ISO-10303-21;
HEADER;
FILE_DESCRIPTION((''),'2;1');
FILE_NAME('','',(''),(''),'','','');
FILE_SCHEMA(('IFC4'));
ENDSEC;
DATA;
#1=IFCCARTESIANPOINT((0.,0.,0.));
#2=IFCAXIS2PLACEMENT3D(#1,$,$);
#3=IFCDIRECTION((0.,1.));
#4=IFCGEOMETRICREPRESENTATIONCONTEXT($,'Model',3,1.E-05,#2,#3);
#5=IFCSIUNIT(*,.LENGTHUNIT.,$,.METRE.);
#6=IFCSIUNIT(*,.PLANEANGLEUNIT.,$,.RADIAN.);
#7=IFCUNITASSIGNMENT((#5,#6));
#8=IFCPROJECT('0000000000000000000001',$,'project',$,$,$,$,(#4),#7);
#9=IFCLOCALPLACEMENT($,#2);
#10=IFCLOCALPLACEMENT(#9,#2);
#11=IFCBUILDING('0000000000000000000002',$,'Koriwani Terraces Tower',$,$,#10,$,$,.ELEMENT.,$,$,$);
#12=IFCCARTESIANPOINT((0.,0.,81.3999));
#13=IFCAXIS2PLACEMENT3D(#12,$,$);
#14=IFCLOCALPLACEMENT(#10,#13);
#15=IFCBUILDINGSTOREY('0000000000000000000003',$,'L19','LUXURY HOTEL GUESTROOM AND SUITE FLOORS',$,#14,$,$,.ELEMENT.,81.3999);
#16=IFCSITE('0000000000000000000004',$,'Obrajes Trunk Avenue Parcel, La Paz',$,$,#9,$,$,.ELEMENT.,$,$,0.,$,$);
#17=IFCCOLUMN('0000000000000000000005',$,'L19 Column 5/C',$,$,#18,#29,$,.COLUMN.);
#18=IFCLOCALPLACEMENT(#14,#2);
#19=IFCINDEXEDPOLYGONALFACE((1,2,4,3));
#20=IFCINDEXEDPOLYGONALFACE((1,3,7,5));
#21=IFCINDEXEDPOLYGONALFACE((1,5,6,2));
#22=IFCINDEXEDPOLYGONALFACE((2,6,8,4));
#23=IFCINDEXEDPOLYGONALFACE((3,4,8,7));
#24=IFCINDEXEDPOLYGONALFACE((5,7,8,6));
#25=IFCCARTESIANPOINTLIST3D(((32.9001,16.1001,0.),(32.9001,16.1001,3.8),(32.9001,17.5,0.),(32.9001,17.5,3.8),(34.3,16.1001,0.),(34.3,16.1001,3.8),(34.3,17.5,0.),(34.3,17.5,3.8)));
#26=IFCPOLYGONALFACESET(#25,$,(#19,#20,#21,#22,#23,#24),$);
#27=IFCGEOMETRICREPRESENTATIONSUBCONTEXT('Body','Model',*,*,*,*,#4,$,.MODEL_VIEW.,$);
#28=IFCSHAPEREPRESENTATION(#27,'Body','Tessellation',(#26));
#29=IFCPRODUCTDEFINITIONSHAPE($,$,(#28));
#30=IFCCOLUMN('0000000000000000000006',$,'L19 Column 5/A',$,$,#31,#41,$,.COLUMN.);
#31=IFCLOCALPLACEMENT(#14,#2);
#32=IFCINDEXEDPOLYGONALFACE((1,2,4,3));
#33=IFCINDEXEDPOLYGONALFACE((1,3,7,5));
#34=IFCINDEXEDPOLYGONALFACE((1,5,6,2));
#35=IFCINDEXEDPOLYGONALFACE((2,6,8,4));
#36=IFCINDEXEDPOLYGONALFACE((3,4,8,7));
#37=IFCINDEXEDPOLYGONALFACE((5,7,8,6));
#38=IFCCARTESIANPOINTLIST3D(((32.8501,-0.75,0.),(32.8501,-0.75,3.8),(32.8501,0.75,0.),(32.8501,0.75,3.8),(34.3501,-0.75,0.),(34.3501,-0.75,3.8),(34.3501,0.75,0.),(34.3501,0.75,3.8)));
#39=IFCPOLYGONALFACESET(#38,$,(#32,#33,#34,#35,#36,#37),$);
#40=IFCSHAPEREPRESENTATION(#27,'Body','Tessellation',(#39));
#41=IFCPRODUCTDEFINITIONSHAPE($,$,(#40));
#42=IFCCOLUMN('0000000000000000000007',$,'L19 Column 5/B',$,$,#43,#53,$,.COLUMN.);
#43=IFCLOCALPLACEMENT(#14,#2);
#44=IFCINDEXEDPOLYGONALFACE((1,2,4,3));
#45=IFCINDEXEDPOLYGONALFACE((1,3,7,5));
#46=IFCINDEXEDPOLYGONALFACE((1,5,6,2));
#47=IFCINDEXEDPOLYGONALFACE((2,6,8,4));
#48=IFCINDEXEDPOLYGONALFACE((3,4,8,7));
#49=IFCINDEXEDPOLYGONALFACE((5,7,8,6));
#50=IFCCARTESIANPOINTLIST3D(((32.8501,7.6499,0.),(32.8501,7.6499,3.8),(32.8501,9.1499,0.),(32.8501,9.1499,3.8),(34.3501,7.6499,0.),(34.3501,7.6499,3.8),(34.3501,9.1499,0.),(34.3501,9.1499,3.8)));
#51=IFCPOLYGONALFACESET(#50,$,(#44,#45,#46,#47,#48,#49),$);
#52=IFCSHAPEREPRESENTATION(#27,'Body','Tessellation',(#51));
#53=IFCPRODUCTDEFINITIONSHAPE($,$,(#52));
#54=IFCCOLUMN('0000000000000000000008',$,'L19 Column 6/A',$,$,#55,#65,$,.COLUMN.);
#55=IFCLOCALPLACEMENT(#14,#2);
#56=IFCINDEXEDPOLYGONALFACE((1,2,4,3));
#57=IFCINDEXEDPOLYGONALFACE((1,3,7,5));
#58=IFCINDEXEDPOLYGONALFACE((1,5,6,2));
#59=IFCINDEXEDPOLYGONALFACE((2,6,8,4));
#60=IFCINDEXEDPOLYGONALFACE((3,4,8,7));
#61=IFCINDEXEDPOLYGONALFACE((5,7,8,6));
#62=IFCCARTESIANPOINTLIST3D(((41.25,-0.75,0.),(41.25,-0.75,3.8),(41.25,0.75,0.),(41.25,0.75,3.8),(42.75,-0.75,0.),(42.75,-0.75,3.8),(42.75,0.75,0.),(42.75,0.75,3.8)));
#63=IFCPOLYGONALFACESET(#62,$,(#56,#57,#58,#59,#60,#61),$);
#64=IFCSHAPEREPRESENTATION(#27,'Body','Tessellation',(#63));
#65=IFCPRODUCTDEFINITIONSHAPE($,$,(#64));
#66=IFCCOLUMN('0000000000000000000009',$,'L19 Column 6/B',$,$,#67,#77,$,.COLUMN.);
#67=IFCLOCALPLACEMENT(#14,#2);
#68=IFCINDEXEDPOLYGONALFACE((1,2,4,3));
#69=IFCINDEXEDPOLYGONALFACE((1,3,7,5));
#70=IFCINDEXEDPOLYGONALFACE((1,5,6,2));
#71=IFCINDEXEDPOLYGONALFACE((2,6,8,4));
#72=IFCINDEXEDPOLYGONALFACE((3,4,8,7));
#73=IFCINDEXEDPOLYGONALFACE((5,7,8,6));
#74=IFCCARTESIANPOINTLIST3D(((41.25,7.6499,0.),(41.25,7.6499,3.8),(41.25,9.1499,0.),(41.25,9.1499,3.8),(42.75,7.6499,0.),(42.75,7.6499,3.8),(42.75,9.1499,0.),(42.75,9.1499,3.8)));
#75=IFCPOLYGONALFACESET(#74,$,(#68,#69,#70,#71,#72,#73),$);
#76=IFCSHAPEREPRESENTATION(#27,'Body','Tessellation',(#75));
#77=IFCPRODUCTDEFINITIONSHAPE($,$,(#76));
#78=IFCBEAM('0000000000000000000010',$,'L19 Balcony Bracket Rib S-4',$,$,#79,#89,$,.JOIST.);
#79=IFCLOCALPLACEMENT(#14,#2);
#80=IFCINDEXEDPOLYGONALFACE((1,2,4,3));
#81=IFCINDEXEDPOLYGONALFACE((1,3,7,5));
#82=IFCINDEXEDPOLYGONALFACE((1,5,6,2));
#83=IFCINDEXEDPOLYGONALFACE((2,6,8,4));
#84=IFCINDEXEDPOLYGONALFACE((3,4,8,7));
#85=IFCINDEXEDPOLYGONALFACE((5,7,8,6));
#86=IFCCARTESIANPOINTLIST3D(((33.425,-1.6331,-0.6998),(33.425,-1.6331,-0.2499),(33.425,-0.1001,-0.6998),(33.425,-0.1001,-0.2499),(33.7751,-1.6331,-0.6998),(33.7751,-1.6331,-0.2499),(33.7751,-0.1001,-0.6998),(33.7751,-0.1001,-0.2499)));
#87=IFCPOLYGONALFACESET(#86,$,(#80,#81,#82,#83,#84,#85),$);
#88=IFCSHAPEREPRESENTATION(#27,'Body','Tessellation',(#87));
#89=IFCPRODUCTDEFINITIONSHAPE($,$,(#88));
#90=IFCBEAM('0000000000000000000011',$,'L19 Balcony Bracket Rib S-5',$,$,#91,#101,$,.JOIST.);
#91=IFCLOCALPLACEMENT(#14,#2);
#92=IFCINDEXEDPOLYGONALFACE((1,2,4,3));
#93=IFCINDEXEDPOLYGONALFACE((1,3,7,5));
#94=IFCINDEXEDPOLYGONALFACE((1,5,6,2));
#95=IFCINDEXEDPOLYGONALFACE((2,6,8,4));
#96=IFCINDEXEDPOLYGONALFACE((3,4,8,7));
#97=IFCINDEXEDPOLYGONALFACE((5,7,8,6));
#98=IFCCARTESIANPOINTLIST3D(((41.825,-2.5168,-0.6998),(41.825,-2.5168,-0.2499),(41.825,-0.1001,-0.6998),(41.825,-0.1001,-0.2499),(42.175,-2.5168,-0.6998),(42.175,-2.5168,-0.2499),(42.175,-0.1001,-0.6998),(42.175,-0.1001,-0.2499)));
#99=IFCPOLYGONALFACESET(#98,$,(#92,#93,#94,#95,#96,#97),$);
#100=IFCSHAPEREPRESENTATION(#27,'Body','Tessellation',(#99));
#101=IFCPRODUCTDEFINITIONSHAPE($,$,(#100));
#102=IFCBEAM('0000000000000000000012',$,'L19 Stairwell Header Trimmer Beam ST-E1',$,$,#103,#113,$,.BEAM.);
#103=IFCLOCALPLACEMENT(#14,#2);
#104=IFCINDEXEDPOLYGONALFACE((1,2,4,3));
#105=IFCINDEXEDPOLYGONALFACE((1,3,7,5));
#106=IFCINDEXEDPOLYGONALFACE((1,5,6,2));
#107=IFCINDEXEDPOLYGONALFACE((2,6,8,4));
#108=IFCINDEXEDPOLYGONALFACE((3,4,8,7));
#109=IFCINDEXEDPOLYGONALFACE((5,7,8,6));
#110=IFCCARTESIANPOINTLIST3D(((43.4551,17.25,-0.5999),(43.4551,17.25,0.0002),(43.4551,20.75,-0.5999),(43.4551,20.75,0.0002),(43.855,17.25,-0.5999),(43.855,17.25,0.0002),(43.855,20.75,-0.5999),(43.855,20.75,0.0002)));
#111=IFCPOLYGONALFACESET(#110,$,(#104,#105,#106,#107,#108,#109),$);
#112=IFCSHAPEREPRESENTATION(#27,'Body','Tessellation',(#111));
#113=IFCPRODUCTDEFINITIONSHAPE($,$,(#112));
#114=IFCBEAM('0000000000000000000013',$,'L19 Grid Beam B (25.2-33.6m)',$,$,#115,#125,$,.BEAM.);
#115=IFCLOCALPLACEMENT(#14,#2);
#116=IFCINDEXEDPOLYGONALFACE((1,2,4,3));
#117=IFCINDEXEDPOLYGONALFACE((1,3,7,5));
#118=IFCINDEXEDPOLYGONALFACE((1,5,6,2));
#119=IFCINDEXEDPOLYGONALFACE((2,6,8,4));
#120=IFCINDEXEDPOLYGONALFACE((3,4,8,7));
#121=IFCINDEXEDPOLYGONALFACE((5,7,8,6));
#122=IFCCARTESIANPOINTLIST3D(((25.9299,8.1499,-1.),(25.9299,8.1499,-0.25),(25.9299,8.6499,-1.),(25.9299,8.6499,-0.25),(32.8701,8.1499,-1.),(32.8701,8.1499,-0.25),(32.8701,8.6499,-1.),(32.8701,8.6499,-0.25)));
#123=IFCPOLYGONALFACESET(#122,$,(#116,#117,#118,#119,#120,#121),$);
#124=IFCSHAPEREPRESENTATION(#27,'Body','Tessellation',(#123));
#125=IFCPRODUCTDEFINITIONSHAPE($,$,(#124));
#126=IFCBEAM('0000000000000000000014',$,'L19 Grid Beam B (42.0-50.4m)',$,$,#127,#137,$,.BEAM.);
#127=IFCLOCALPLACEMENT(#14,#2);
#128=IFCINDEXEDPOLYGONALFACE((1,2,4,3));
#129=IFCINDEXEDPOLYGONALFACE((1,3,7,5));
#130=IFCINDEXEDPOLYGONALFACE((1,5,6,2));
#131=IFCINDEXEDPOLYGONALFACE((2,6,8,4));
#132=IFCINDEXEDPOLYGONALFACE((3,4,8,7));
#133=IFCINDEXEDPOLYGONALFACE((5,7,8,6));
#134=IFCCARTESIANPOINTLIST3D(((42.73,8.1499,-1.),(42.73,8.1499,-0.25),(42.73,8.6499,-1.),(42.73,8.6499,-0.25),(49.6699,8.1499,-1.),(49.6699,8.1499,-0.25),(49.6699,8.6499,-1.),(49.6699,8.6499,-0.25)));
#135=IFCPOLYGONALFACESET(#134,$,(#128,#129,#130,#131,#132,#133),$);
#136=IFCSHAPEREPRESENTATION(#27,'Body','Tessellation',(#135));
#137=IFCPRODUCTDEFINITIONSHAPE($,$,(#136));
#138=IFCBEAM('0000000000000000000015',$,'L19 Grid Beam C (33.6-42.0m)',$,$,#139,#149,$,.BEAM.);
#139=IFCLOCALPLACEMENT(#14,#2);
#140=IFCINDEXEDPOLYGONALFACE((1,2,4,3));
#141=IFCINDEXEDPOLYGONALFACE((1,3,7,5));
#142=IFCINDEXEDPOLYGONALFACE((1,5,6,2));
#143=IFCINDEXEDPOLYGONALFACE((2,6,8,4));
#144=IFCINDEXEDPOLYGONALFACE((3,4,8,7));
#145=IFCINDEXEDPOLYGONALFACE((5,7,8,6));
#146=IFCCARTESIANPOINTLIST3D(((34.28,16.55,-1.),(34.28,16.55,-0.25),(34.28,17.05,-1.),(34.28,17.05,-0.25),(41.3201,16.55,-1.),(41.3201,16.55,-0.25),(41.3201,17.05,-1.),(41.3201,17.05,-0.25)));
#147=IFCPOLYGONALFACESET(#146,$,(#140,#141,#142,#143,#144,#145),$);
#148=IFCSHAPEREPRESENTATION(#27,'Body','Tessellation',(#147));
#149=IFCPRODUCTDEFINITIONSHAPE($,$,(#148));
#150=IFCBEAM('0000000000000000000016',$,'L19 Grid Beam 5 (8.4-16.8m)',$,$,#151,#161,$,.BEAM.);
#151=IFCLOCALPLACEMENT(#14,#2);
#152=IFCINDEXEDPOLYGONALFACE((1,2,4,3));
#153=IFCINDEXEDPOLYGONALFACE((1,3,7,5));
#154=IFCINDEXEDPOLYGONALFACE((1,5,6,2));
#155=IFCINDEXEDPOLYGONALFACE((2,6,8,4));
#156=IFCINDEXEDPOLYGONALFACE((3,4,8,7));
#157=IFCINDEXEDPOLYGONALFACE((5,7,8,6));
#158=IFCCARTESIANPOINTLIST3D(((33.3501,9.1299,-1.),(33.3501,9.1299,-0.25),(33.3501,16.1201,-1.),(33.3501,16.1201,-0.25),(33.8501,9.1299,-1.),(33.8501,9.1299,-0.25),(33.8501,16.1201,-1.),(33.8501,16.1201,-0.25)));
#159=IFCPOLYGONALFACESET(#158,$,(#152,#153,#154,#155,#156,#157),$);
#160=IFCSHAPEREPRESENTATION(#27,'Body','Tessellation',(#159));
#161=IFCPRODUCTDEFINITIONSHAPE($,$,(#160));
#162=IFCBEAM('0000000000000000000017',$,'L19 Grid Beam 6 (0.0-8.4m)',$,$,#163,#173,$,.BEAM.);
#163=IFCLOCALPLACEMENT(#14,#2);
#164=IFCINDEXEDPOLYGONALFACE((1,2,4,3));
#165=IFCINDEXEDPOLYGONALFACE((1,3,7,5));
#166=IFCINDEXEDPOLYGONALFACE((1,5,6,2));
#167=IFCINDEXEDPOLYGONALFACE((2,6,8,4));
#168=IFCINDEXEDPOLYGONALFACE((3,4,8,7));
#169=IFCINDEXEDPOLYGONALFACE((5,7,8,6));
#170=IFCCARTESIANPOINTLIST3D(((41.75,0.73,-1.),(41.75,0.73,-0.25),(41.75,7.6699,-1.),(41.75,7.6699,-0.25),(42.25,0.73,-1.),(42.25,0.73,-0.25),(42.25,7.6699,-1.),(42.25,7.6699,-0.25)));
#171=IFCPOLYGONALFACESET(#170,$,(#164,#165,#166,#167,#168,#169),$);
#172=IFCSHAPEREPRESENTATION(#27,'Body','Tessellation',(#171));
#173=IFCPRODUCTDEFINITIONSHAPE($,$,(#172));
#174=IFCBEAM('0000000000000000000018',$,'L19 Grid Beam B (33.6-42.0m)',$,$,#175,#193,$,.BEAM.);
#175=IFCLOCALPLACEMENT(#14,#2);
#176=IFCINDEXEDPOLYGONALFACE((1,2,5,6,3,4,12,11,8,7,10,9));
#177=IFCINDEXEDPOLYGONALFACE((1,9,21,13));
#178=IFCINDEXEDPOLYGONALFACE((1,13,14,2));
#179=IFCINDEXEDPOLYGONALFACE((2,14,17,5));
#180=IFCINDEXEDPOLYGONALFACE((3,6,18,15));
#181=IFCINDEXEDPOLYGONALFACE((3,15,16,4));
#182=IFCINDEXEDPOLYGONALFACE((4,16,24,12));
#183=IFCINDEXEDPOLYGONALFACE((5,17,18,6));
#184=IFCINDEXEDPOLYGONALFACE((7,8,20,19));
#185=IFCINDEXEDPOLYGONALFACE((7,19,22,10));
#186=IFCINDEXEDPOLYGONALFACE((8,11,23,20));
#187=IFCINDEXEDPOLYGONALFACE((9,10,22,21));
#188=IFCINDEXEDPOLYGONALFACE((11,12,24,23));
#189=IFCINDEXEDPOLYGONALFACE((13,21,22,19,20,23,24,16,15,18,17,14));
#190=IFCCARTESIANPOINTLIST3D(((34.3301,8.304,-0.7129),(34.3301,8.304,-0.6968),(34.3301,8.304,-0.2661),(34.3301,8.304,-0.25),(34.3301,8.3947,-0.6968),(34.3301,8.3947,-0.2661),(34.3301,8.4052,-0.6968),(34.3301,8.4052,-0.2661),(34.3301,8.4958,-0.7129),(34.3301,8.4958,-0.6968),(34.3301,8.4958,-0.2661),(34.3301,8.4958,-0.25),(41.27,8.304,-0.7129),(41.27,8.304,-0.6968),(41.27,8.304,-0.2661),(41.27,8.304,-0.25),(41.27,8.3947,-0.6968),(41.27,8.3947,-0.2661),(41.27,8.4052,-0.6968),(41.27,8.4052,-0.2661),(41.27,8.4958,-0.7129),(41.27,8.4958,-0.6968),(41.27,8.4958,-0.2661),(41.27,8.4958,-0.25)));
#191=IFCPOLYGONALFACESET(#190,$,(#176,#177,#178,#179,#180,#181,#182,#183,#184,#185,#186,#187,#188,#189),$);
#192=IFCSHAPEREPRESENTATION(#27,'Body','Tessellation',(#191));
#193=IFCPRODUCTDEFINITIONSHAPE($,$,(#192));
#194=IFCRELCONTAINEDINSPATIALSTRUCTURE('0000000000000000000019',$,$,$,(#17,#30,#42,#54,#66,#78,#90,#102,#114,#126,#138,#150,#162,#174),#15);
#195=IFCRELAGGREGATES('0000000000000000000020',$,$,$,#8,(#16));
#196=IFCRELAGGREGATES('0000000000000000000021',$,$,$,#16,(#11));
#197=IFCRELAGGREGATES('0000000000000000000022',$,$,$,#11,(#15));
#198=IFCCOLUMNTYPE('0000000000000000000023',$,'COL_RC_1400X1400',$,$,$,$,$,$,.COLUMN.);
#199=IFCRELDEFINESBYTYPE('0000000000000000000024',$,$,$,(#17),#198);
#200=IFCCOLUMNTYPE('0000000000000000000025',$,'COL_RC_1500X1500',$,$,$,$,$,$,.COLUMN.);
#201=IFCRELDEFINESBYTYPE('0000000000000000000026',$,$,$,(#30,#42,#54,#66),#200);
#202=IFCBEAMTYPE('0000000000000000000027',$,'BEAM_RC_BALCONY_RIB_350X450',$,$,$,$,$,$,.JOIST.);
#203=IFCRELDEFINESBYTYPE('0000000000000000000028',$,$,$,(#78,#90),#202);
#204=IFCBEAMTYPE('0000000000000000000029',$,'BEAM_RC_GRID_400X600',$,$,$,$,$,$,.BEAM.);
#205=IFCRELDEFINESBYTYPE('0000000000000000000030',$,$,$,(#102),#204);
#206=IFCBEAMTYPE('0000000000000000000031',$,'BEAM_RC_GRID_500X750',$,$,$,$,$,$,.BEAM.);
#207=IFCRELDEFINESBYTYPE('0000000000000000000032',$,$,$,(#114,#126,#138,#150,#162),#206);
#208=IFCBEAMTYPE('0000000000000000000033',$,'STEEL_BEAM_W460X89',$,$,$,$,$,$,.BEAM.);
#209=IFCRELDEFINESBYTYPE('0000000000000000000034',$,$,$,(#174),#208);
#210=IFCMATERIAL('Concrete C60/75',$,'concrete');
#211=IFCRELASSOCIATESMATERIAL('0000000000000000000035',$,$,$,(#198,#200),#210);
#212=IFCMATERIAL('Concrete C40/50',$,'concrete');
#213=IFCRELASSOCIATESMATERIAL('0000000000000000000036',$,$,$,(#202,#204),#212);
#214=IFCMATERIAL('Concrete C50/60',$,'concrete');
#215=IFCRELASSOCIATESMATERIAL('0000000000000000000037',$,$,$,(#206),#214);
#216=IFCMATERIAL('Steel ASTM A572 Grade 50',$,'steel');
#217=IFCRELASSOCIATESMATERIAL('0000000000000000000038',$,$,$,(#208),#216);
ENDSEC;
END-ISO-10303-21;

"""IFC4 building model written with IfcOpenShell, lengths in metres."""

from ifc_helpers import new_model, si_unit, direction, frame, origin, origin_2d, place, context, subcontext, project, spatial, rectangle, i_section, extrude, material, material_profile, profile_set, type_object, element, save


model = new_model("IFC4")

# Units and contexts
model_context = context("Model", 3, precision=1e-05, world=origin(), true_north=direction((0.0, 1.0)))
body_context = subcontext(model_context, "Body", "Model", "MODEL_VIEW")
ifc_project = project(units=[si_unit("LENGTHUNIT", "METRE"), si_unit("PLANEANGLEUNIT", "RADIAN")], contexts=[model_context])

# Site, building, storey
site_placement = place(None, origin())
site = spatial("IfcSite", under=ifc_project, at=site_placement, Name="Obrajes Trunk Avenue Parcel, La Paz", CompositionType="ELEMENT", RefElevation=0.0)
building_placement = place(site_placement, origin())
building = spatial("IfcBuilding", under=site, at=building_placement, Name="Koriwani Terraces Tower", CompositionType="ELEMENT")
storey_placement = place(building_placement, frame((0.0, 0.0, 81.3999)))
storey = spatial("IfcBuildingStorey", under=building, at=storey_placement, Name="L19", Description="LUXURY HOTEL GUESTROOM AND SUITE FLOORS", CompositionType="ELEMENT", Elevation=81.3999)

# Columns
ifc_material_1 = material(Name="Concrete C60/75", Category="concrete")
ifc_material_profile_1 = material_profile(ifc_material_1, rectangle(XDim=1.3999, YDim=1.3999, at=origin_2d()), Name="Concrete C60/75", Category="LoadBearing")
ifc_profile_set_1 = profile_set([ifc_material_profile_1], Name="Concrete C60/75")
column_type_1 = type_object("IfcColumnType", Name="COL_RC_1400X1400", PredefinedType="COLUMN", material=ifc_profile_set_1)
column_placement = place(storey_placement, frame((33.6001, 16.8, 0.0), z_axis=(0.0, 0.0, 1.0), x_axis=(1.0, 0.0, 0.0)))
element("IfcColumn", 1, at=column_placement, inside=storey, type_object=column_type_1, Name="L19 Column 5/C", PredefinedType="COLUMN", context=body_context, shape_type="SweptSolid", body=[
    extrude(rectangle(XDim=1.3999, YDim=1.3999, at=origin_2d()), origin(), (0.0, 0.0, 1.0), 3.8),
])
ifc_material_profile_2 = material_profile(ifc_material_1, rectangle(XDim=1.5, YDim=1.5, at=origin_2d()), Name="Concrete C60/75", Category="LoadBearing")
ifc_profile_set_2 = profile_set([ifc_material_profile_2], Name="Concrete C60/75")
column_type_2 = type_object("IfcColumnType", Name="COL_RC_1500X1500", PredefinedType="COLUMN", material=ifc_profile_set_2)
for number, where, z_axis, x_axis, name in (
    (2, (33.6001, 0.0, 0.0), (0.0, 0.0, 1.0), (1.0, 0.0, 0.0), "L19 Column 5/A"),
    (3, (33.6001, 8.3999, 0.0), (0.0, 0.0, 1.0), (1.0, 0.0, 0.0), "L19 Column 5/B"),
    (4, (42.0, 0.0, 0.0), (0.0, 0.0, 1.0), (1.0, 0.0, 0.0), "L19 Column 6/A"),
    (5, (42.0, 8.3999, 0.0), (0.0, 0.0, 1.0), (1.0, 0.0, 0.0), "L19 Column 6/B"),
):
    element("IfcColumn", number, at=place(storey_placement, frame(where, z_axis=z_axis, x_axis=x_axis)), inside=storey, type_object=column_type_2, Name=name, PredefinedType="COLUMN", context=body_context, shape_type="SweptSolid", body=[
        extrude(rectangle(XDim=1.5, YDim=1.5, at=origin_2d()), origin(), (0.0, 0.0, 1.0), 3.8),
    ])

# Beams
ifc_material_2 = material(Name="Concrete C40/50", Category="concrete")
ifc_material_profile_3 = material_profile(ifc_material_2, rectangle(XDim=0.3501, YDim=0.45, at=origin_2d()), Name="Concrete C40/50", Category="LoadBearing")
ifc_profile_set_3 = profile_set([ifc_material_profile_3], Name="Concrete C40/50")
beam_type_1 = type_object("IfcBeamType", Name="BEAM_RC_BALCONY_RIB_350X450", PredefinedType="JOIST", material=ifc_profile_set_3)
beam_1_placement = place(storey_placement, frame((33.6001, -1.6331, -0.4749), z_axis=(0.0, 1.0, 0.0), x_axis=(-1.0, 0.0, 0.0)))
element("IfcBeam", 6, at=beam_1_placement, inside=storey, type_object=beam_type_1, Name="L19 Balcony Bracket Rib S-4", PredefinedType="JOIST", context=body_context, shape_type="SweptSolid", body=[
    extrude(rectangle(XDim=0.3501, YDim=0.45, at=origin_2d()), origin(), (0.0, 0.0, 1.0), 1.533),
])
beam_2_placement = place(storey_placement, frame((42.0, -2.5168, -0.4749), z_axis=(0.0, 1.0, 0.0), x_axis=(-1.0, 0.0, 0.0)))
element("IfcBeam", 7, at=beam_2_placement, inside=storey, type_object=beam_type_1, Name="L19 Balcony Bracket Rib S-5", PredefinedType="JOIST", context=body_context, shape_type="SweptSolid", body=[
    extrude(rectangle(XDim=0.3501, YDim=0.45, at=origin_2d()), origin(), (0.0, 0.0, 1.0), 2.4167),
])
ifc_material_profile_4 = material_profile(ifc_material_2, rectangle(XDim=0.3999, YDim=0.6001, at=origin_2d()), Name="Concrete C40/50", Category="LoadBearing")
ifc_profile_set_4 = profile_set([ifc_material_profile_4], Name="Concrete C40/50")
beam_type_2 = type_object("IfcBeamType", Name="BEAM_RC_GRID_400X600", PredefinedType="BEAM", material=ifc_profile_set_4)
beam_3_placement = place(storey_placement, frame((43.655, 17.25, -0.2998), z_axis=(0.0, 1.0, 0.0), x_axis=(-1.0, 0.0, 0.0)))
element("IfcBeam", 8, at=beam_3_placement, inside=storey, type_object=beam_type_2, Name="L19 Stairwell Header Trimmer Beam ST-E1", PredefinedType="BEAM", context=body_context, shape_type="SweptSolid", body=[
    extrude(rectangle(XDim=0.3999, YDim=0.6001, at=origin_2d()), origin(), (0.0, 0.0, 1.0), 3.5),
])
ifc_material_3 = material(Name="Concrete C50/60", Category="concrete")
ifc_material_profile_5 = material_profile(ifc_material_3, rectangle(XDim=0.5, YDim=0.75, at=origin_2d()), Name="Concrete C50/60", Category="LoadBearing")
ifc_profile_set_5 = profile_set([ifc_material_profile_5], Name="Concrete C50/60")
beam_type_3 = type_object("IfcBeamType", Name="BEAM_RC_GRID_500X750", PredefinedType="BEAM", material=ifc_profile_set_5)
beam_4_placement = place(storey_placement, frame((25.9299, 8.3999, -0.625), z_axis=(1.0, 0.0, 0.0), x_axis=(0.0, 1.0, 0.0)))
element("IfcBeam", 9, at=beam_4_placement, inside=storey, type_object=beam_type_3, Name="L19 Grid Beam B (25.2-33.6m)", PredefinedType="BEAM", context=body_context, shape_type="SweptSolid", body=[
    extrude(rectangle(XDim=0.5, YDim=0.75, at=origin_2d()), origin(), (0.0, 0.0, 1.0), 6.9402),
])
beam_5_placement = place(storey_placement, frame((42.73, 8.3999, -0.625), z_axis=(1.0, 0.0, 0.0), x_axis=(0.0, 1.0, 0.0)))
element("IfcBeam", 10, at=beam_5_placement, inside=storey, type_object=beam_type_3, Name="L19 Grid Beam B (42.0-50.4m)", PredefinedType="BEAM", context=body_context, shape_type="SweptSolid", body=[
    extrude(rectangle(XDim=0.5, YDim=0.75, at=origin_2d()), origin(), (0.0, 0.0, 1.0), 6.9399),
])
beam_6_placement = place(storey_placement, frame((34.28, 16.8, -0.625), z_axis=(1.0, 0.0, 0.0), x_axis=(0.0, 1.0, 0.0)))
element("IfcBeam", 11, at=beam_6_placement, inside=storey, type_object=beam_type_3, Name="L19 Grid Beam C (33.6-42.0m)", PredefinedType="BEAM", context=body_context, shape_type="SweptSolid", body=[
    extrude(rectangle(XDim=0.5, YDim=0.75, at=origin_2d()), origin(), (0.0, 0.0, 1.0), 7.04),
])
beam_7_placement = place(storey_placement, frame((33.6001, 9.1299, -0.625), z_axis=(0.0, 1.0, 0.0), x_axis=(-1.0, 0.0, 0.0)))
element("IfcBeam", 12, at=beam_7_placement, inside=storey, type_object=beam_type_3, Name="L19 Grid Beam 5 (8.4-16.8m)", PredefinedType="BEAM", context=body_context, shape_type="SweptSolid", body=[
    extrude(rectangle(XDim=0.5, YDim=0.75, at=origin_2d()), origin(), (0.0, 0.0, 1.0), 6.9902),
])
beam_8_placement = place(storey_placement, frame((42.0, 0.73, -0.625), z_axis=(0.0, 1.0, 0.0), x_axis=(-1.0, 0.0, 0.0)))
element("IfcBeam", 13, at=beam_8_placement, inside=storey, type_object=beam_type_3, Name="L19 Grid Beam 6 (0.0-8.4m)", PredefinedType="BEAM", context=body_context, shape_type="SweptSolid", body=[
    extrude(rectangle(XDim=0.5, YDim=0.75, at=origin_2d()), origin(), (0.0, 0.0, 1.0), 6.9399),
])
ifc_material_4 = material(Name="Steel ASTM A572 Grade 50", Category="steel")
ifc_material_profile_6 = material_profile(ifc_material_4, i_section(OverallWidth=0.1919, OverallDepth=0.4629, WebThickness=0.0105, FlangeThickness=0.0161, at=origin_2d()), Name="Steel ASTM A572 Grade 50", Category="LoadBearing")
ifc_profile_set_6 = profile_set([ifc_material_profile_6], Name="Steel ASTM A572 Grade 50")
beam_type_4 = type_object("IfcBeamType", Name="STEEL_BEAM_W460X89", PredefinedType="BEAM", material=ifc_profile_set_6)
beam_9_placement = place(storey_placement, frame((34.3301, 8.3999, -0.4814), z_axis=(1.0, 0.0, 0.0), x_axis=(0.0, 1.0, 0.0)))
element("IfcBeam", 14, at=beam_9_placement, inside=storey, type_object=beam_type_4, Name="L19 Grid Beam B (33.6-42.0m)", PredefinedType="BEAM", context=body_context, shape_type="SweptSolid", body=[
    extrude(i_section(OverallWidth=0.1919, OverallDepth=0.4629, WebThickness=0.0105, FlangeThickness=0.0161, at=origin_2d()), origin(), (0.0, 0.0, 1.0), 6.9399),
])

save(model, "model.ifc")
